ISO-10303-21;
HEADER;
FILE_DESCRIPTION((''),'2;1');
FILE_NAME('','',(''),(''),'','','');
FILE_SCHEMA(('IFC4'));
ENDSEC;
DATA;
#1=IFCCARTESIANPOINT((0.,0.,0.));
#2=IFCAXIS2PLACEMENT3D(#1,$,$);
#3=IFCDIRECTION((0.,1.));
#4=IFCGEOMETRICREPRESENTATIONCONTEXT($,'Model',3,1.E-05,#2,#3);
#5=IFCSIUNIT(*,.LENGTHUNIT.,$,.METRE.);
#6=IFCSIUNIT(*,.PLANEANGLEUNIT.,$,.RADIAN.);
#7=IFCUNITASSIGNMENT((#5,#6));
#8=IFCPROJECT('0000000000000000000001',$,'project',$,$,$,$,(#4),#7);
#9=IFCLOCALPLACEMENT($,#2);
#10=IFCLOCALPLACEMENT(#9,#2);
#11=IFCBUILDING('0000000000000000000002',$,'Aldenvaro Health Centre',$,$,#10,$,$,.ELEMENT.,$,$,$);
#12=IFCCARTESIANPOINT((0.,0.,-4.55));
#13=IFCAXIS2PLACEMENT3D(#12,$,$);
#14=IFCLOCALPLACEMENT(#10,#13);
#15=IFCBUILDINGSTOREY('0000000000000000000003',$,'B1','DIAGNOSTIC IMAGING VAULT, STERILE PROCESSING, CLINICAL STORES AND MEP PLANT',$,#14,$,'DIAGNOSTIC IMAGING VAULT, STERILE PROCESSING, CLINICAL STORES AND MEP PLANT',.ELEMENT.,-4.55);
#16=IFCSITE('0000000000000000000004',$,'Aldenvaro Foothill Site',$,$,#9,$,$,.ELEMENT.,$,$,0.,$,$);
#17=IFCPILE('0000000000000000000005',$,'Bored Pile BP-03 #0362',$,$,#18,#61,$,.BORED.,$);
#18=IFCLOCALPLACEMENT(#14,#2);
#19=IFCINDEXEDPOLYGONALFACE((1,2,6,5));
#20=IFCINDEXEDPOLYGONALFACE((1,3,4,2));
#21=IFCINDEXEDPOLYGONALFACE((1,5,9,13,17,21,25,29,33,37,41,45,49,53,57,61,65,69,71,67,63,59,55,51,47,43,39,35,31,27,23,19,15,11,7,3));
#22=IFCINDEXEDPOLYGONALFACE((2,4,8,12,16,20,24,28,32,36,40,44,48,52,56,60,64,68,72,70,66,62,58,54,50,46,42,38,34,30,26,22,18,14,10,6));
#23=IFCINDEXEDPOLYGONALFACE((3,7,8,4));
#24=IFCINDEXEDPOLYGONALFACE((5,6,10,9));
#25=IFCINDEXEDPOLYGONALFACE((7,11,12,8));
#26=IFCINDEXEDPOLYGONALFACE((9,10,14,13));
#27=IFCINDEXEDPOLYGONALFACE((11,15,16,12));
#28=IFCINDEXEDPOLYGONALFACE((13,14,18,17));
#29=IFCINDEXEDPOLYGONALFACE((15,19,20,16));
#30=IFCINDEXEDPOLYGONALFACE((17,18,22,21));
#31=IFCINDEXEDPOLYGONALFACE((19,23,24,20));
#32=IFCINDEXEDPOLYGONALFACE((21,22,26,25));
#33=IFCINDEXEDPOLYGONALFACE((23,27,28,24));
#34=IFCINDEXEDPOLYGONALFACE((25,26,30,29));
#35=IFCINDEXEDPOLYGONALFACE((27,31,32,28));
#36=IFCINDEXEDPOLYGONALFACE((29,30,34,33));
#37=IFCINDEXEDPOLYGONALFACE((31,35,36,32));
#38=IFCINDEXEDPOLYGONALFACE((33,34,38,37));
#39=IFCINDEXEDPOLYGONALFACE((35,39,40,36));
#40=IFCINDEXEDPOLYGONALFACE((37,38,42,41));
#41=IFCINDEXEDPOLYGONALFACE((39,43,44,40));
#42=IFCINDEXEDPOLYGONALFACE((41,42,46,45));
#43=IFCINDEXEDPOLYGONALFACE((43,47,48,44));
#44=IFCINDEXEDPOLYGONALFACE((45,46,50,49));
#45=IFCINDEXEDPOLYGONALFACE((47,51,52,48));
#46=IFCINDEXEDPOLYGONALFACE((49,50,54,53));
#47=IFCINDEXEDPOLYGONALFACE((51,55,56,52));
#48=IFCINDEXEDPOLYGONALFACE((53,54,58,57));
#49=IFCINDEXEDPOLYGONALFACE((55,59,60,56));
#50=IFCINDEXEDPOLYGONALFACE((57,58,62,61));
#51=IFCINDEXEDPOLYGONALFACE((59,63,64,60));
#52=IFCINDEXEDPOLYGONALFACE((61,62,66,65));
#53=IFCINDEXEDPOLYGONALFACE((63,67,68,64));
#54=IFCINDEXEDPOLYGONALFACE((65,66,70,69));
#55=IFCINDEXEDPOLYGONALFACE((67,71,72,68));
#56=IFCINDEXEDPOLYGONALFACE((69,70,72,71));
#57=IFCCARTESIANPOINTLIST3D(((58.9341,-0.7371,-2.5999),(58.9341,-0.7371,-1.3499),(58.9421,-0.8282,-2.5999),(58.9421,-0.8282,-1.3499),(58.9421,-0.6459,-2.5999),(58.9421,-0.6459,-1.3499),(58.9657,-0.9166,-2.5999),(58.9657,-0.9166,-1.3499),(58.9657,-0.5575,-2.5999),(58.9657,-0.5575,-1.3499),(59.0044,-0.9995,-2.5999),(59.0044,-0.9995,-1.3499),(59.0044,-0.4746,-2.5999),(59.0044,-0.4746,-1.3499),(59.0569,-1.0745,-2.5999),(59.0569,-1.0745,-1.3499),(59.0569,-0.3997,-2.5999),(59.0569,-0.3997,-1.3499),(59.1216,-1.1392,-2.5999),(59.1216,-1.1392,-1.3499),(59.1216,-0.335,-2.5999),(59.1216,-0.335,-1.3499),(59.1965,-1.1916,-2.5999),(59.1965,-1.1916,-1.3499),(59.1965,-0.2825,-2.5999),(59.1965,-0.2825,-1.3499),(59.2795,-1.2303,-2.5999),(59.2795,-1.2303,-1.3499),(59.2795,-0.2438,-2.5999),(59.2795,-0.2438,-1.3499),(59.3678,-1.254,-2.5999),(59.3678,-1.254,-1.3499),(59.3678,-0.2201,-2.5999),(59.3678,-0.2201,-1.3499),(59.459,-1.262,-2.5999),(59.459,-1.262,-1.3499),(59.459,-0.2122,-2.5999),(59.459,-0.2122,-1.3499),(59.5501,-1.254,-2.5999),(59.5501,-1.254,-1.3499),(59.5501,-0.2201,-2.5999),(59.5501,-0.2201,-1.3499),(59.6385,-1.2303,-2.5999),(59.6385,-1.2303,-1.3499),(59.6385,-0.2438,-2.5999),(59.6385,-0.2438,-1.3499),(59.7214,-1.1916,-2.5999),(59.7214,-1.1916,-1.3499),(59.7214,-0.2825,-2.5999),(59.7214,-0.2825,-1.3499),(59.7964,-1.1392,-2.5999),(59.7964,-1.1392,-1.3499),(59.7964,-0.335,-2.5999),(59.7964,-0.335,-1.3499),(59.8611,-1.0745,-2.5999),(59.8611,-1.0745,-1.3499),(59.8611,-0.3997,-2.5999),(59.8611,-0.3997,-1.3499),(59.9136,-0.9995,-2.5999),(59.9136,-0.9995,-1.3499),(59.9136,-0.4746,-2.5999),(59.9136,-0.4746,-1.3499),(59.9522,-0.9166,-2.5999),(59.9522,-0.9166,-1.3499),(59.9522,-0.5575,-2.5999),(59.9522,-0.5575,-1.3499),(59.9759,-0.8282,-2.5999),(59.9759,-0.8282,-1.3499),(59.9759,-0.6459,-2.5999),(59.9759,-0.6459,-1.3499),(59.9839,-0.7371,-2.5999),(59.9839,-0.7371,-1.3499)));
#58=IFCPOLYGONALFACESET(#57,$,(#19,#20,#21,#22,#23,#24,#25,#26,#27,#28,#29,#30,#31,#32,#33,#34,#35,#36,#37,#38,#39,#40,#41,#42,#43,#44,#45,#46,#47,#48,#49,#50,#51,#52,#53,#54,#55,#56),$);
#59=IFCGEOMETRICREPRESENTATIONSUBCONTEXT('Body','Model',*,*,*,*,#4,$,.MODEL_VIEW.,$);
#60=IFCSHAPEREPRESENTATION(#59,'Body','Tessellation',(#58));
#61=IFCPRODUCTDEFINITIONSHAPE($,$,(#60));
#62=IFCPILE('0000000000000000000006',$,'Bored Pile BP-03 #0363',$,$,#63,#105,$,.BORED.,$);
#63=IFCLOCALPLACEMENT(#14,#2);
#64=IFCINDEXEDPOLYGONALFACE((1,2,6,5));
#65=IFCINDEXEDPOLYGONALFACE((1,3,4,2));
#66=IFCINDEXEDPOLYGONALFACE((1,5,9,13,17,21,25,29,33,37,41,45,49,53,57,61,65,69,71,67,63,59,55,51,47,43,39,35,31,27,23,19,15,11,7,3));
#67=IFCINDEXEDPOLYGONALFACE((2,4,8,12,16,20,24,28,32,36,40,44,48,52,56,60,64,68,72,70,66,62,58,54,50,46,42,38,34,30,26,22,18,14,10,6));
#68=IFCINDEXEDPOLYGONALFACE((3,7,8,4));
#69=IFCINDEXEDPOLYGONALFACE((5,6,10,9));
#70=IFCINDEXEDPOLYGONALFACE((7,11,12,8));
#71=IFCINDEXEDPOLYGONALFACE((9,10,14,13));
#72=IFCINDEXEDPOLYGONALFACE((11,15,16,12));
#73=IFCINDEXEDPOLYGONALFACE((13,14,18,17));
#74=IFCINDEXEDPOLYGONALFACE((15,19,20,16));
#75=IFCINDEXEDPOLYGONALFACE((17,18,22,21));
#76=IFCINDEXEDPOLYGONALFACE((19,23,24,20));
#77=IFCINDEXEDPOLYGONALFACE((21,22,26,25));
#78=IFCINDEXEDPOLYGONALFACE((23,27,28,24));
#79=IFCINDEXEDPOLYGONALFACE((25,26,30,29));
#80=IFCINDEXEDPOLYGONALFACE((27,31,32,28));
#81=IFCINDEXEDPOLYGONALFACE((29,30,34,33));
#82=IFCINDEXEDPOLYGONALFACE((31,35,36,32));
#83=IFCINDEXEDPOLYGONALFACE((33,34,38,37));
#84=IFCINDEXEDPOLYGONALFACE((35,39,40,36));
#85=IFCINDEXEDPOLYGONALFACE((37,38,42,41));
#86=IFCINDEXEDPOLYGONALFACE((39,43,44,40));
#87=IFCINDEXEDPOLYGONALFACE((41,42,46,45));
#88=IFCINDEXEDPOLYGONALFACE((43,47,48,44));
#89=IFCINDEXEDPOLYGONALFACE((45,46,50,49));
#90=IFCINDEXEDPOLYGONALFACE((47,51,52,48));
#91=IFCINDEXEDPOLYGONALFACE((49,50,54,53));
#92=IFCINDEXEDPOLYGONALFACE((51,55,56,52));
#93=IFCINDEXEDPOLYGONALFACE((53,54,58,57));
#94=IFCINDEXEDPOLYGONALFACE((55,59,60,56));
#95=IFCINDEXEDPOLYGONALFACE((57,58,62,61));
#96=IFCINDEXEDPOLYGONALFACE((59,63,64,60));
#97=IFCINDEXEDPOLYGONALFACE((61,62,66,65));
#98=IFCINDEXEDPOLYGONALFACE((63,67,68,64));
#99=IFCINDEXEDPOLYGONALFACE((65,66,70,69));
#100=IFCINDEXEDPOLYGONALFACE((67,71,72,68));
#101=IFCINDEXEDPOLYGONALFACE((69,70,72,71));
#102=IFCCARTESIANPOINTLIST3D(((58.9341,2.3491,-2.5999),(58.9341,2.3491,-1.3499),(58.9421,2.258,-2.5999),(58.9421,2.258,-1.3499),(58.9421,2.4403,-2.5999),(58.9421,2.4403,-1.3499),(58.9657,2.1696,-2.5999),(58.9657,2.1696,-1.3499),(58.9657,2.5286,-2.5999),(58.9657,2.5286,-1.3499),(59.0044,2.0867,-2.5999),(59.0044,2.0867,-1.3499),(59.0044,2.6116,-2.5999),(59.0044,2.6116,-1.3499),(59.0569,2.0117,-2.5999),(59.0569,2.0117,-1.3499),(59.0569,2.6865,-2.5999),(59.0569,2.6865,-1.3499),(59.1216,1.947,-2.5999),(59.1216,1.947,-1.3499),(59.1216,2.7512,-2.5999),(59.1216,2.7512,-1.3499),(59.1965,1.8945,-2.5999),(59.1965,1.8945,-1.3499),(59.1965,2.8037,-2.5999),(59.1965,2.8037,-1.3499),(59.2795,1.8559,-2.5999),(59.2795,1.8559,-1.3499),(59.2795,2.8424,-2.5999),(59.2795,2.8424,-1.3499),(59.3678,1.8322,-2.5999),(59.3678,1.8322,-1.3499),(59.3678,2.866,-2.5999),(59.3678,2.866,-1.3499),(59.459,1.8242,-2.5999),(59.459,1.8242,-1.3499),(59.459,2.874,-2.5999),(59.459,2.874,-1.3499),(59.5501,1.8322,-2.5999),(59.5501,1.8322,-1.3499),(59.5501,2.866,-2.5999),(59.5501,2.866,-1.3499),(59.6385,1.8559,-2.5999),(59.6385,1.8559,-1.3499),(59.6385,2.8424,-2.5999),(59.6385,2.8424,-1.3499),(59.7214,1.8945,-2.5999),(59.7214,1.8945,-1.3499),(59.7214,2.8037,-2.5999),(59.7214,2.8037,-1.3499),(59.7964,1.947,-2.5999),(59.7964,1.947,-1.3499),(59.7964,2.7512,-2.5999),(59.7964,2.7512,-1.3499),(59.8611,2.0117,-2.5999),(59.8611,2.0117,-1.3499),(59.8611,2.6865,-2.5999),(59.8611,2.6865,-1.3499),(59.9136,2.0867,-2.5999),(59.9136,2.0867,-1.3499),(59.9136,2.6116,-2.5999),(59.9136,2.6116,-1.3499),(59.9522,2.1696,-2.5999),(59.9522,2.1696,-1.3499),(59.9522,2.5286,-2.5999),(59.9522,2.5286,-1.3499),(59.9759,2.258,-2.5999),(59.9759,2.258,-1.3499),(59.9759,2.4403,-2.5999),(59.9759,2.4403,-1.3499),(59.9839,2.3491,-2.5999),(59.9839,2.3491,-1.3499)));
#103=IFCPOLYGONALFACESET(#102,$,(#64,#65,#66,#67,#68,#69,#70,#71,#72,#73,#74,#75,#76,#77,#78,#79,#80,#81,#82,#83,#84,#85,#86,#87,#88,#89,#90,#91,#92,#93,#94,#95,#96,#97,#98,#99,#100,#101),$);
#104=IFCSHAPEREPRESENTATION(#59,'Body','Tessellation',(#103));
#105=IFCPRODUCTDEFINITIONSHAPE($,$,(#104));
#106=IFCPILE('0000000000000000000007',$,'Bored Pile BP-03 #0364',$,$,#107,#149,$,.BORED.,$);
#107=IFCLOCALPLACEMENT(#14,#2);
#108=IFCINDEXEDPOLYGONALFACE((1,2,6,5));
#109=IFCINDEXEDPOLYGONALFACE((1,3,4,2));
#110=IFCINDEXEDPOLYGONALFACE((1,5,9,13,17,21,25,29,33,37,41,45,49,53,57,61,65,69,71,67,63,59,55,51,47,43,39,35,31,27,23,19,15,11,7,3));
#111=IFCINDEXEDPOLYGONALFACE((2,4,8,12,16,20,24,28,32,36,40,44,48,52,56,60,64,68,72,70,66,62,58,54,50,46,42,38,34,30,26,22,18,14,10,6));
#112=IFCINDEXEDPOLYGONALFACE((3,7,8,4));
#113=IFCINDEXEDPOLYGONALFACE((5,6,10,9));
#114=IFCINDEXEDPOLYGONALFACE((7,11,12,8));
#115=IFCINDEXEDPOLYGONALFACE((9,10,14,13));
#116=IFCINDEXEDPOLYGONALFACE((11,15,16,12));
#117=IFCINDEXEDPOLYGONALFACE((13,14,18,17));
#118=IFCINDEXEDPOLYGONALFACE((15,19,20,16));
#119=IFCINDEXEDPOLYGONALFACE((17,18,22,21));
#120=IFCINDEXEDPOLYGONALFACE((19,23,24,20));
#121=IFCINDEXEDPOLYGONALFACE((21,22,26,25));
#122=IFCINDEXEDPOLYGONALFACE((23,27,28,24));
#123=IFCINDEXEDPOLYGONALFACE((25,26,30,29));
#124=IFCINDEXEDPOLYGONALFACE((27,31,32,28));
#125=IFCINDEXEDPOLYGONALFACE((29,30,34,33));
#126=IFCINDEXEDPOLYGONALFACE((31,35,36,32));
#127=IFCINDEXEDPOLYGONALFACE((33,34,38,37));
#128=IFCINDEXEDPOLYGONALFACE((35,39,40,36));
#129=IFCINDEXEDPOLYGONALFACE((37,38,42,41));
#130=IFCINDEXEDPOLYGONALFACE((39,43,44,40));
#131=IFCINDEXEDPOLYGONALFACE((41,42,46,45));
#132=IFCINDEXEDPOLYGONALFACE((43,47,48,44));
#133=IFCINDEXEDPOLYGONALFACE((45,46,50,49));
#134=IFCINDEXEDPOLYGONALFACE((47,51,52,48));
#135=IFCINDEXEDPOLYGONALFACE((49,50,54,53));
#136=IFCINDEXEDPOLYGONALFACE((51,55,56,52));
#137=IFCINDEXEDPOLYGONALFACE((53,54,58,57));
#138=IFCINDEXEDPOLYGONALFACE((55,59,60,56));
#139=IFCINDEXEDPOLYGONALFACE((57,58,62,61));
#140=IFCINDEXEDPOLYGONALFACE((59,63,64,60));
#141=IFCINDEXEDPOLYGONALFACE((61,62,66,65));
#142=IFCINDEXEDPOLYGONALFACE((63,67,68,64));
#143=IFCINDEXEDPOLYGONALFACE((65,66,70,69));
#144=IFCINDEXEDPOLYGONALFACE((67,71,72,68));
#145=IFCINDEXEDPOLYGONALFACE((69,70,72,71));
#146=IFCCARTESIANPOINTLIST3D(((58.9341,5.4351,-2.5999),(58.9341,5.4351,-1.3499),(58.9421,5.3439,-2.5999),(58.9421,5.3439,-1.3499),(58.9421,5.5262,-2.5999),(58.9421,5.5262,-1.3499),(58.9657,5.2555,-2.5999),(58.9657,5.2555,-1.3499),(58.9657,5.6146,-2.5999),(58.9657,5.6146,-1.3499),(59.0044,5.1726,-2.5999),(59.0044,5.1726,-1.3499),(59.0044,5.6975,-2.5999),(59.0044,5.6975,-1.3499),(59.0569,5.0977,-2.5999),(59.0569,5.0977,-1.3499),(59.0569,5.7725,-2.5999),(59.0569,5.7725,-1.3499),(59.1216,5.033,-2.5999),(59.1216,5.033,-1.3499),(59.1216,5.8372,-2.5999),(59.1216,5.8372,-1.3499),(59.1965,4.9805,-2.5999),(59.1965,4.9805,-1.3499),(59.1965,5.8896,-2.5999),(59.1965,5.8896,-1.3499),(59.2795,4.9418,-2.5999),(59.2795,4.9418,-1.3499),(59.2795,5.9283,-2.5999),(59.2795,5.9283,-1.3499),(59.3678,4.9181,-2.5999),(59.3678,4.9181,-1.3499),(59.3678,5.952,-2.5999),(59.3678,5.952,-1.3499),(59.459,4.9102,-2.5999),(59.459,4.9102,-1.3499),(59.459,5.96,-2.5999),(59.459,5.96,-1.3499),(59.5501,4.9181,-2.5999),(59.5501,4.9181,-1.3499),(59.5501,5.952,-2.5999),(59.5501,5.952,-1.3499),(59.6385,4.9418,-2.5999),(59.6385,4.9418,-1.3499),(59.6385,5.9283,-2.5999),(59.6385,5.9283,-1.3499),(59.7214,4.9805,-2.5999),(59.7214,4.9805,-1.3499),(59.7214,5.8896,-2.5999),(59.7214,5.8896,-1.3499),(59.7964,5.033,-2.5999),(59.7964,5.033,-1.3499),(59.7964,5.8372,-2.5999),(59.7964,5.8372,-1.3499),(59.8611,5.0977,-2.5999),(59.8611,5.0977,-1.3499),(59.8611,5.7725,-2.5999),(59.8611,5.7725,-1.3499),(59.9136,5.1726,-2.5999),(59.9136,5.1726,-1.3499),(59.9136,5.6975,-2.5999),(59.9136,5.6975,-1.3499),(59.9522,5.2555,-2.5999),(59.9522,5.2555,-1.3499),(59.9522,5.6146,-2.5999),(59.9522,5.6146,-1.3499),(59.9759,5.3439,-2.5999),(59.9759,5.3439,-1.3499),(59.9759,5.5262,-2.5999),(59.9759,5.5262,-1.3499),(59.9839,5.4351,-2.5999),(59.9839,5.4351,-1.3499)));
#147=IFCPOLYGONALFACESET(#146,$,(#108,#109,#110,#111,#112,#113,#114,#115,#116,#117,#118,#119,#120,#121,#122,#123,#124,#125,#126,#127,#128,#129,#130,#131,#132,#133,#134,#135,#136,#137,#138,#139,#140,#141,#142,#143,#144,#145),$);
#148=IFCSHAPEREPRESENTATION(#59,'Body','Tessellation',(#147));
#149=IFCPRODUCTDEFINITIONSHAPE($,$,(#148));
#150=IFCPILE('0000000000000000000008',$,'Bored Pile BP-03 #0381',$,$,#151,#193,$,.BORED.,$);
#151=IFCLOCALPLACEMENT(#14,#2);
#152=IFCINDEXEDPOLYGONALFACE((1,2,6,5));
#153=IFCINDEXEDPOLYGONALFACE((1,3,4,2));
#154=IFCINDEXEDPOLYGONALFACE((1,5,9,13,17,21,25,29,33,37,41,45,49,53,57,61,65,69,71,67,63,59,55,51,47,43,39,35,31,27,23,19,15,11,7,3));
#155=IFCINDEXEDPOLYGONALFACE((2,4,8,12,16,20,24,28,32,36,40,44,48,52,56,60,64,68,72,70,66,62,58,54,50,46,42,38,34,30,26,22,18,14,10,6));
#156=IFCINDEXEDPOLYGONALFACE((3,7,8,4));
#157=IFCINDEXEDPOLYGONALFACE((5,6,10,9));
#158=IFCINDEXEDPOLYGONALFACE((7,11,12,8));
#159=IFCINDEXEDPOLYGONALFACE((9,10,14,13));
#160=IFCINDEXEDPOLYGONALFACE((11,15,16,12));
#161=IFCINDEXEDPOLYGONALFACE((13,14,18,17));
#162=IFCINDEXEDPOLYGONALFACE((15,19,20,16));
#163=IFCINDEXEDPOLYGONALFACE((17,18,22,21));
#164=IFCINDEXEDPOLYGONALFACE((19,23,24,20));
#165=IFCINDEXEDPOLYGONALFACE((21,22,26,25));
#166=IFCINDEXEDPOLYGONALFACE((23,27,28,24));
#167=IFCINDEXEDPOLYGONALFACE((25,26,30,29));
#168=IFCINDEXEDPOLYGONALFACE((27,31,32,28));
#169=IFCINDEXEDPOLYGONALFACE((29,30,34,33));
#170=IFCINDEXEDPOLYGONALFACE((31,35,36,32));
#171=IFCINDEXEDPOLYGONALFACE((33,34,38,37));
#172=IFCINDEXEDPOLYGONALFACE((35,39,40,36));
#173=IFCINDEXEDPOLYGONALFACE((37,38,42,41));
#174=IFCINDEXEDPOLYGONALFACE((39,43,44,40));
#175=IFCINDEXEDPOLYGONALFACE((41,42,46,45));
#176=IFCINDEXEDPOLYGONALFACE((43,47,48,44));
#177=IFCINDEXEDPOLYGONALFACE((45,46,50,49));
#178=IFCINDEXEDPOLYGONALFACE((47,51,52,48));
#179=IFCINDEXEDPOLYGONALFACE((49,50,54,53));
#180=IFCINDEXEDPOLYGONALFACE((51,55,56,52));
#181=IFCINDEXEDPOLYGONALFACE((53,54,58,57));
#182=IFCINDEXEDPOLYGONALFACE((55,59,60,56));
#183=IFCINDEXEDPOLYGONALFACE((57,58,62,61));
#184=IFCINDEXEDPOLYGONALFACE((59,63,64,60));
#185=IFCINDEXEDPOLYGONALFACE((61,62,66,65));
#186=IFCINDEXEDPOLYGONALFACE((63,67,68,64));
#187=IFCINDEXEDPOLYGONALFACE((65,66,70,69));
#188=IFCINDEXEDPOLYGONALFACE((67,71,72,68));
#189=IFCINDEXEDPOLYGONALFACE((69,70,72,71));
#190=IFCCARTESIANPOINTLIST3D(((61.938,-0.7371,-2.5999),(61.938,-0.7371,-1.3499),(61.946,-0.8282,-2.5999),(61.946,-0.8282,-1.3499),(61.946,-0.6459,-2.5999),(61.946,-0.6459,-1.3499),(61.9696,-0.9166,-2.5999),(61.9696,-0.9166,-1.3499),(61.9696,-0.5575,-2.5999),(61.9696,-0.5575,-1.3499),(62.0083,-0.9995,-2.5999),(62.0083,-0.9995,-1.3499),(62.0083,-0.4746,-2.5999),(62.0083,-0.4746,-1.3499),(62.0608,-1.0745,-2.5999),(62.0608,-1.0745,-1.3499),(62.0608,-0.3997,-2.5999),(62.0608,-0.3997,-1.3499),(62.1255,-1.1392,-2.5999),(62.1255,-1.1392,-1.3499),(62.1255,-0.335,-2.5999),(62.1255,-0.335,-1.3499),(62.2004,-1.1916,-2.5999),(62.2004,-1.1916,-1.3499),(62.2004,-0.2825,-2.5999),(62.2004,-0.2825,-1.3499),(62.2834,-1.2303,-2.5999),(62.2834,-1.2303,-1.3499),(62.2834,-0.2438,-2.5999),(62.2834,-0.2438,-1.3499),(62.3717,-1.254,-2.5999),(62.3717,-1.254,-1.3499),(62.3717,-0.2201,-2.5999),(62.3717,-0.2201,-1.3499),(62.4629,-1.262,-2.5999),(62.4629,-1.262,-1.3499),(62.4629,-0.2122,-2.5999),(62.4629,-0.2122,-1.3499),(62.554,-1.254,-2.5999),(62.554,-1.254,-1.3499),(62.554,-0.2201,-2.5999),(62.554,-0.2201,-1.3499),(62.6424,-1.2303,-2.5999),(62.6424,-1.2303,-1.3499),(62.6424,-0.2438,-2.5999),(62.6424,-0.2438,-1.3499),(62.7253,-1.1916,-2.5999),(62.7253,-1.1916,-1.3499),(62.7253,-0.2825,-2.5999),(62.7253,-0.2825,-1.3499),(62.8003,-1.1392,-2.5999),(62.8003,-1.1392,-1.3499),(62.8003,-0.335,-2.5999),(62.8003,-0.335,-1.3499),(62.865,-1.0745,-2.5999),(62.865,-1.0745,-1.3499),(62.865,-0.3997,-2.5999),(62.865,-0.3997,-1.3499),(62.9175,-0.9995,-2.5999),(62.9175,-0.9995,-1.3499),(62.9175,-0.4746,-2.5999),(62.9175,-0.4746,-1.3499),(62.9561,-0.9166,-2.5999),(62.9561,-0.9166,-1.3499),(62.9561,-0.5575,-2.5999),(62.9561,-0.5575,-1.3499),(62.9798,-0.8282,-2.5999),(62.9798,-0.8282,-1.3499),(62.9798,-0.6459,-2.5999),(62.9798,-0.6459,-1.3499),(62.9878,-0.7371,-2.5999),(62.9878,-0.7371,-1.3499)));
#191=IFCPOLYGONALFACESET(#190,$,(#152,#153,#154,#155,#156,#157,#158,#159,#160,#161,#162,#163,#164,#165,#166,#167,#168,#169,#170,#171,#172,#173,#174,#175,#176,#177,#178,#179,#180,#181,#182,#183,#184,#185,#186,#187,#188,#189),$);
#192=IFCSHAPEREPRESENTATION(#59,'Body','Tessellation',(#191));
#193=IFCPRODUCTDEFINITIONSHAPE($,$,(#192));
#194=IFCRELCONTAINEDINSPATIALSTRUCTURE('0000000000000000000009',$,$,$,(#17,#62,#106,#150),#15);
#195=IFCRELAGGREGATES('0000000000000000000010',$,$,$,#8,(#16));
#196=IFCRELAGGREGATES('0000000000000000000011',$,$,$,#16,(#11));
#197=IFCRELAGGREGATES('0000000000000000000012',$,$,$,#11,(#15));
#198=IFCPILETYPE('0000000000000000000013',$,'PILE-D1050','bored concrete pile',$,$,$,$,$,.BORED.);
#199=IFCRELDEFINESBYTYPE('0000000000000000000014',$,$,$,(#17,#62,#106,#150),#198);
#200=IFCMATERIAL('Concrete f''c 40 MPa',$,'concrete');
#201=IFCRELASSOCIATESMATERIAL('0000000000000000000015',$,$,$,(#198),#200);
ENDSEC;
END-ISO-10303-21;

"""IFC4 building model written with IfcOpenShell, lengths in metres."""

from ifc_helpers import new_model, si_unit, direction, frame, origin, origin_2d, place, context, subcontext, project, spatial, circle, extrude, material, material_profile, profile_set, type_object, element, save


model = new_model("IFC4")

# Units and contexts
model_context = context("Model", 3, precision=1e-05, world=origin(), true_north=direction((0.0, 1.0)))
body_context = subcontext(model_context, "Body", "Model", "MODEL_VIEW")
ifc_project = project(units=[si_unit("LENGTHUNIT", "METRE"), si_unit("PLANEANGLEUNIT", "RADIAN")], contexts=[model_context])

# Site, building, storey
site_placement = place(None, origin())
site = spatial("IfcSite", under=ifc_project, at=site_placement, Name="Aldenvaro Foothill Site", CompositionType="ELEMENT", RefElevation=0.0)
building_placement = place(site_placement, origin())
building = spatial("IfcBuilding", under=site, at=building_placement, Name="Aldenvaro Health Centre", CompositionType="ELEMENT")
storey_placement = place(building_placement, frame((0.0, 0.0, -4.55)))
storey = spatial("IfcBuildingStorey", under=building, at=storey_placement, Name="B1", Description="DIAGNOSTIC IMAGING VAULT, STERILE PROCESSING, CLINICAL STORES AND MEP PLANT", LongName="DIAGNOSTIC IMAGING VAULT, STERILE PROCESSING, CLINICAL STORES AND MEP PLANT", CompositionType="ELEMENT", Elevation=-4.55)

# Piles
ifc_material = material(Name="Concrete f'c 40 MPa", Category="concrete")
ifc_material_profile_1 = material_profile(ifc_material, circle(Radius=0.5249, at=origin_2d()), Name="PILE D1050", Category="concrete")
ifc_profile_set_1 = profile_set([ifc_material_profile_1], Name="Concrete f'c 40 MPa")
pile_type = type_object("IfcPileType", Name="PILE-D1050", Description="bored concrete pile", PredefinedType="BORED", material=ifc_profile_set_1)
for number, where, z_axis, x_axis, name in (
    (1, (59.459, -0.7371, -1.3499), (0.0, 0.0, -1.0), (1.0, 0.0, 0.0), "Bored Pile BP-03 #0362"),
    (2, (59.459, 2.3491, -1.3499), (0.0, 0.0, -1.0), (1.0, 0.0, 0.0), "Bored Pile BP-03 #0363"),
    (3, (59.459, 5.4351, -1.3499), (0.0, 0.0, -1.0), (1.0, 0.0, 0.0), "Bored Pile BP-03 #0364"),
    (4, (62.4629, -0.7371, -1.3499), (0.0, 0.0, -1.0), (1.0, 0.0, 0.0), "Bored Pile BP-03 #0381"),
):
    element("IfcPile", number, at=place(storey_placement, frame(where, z_axis=z_axis, x_axis=x_axis)), inside=storey, type_object=pile_type, Name=name, PredefinedType="BORED", context=body_context, shape_type="SweptSolid", body=[
        extrude(circle(Radius=0.5249, at=origin_2d()), origin(), (0.0, 0.0, 1.0), 1.25),
    ])

save(model, "model.ifc")
